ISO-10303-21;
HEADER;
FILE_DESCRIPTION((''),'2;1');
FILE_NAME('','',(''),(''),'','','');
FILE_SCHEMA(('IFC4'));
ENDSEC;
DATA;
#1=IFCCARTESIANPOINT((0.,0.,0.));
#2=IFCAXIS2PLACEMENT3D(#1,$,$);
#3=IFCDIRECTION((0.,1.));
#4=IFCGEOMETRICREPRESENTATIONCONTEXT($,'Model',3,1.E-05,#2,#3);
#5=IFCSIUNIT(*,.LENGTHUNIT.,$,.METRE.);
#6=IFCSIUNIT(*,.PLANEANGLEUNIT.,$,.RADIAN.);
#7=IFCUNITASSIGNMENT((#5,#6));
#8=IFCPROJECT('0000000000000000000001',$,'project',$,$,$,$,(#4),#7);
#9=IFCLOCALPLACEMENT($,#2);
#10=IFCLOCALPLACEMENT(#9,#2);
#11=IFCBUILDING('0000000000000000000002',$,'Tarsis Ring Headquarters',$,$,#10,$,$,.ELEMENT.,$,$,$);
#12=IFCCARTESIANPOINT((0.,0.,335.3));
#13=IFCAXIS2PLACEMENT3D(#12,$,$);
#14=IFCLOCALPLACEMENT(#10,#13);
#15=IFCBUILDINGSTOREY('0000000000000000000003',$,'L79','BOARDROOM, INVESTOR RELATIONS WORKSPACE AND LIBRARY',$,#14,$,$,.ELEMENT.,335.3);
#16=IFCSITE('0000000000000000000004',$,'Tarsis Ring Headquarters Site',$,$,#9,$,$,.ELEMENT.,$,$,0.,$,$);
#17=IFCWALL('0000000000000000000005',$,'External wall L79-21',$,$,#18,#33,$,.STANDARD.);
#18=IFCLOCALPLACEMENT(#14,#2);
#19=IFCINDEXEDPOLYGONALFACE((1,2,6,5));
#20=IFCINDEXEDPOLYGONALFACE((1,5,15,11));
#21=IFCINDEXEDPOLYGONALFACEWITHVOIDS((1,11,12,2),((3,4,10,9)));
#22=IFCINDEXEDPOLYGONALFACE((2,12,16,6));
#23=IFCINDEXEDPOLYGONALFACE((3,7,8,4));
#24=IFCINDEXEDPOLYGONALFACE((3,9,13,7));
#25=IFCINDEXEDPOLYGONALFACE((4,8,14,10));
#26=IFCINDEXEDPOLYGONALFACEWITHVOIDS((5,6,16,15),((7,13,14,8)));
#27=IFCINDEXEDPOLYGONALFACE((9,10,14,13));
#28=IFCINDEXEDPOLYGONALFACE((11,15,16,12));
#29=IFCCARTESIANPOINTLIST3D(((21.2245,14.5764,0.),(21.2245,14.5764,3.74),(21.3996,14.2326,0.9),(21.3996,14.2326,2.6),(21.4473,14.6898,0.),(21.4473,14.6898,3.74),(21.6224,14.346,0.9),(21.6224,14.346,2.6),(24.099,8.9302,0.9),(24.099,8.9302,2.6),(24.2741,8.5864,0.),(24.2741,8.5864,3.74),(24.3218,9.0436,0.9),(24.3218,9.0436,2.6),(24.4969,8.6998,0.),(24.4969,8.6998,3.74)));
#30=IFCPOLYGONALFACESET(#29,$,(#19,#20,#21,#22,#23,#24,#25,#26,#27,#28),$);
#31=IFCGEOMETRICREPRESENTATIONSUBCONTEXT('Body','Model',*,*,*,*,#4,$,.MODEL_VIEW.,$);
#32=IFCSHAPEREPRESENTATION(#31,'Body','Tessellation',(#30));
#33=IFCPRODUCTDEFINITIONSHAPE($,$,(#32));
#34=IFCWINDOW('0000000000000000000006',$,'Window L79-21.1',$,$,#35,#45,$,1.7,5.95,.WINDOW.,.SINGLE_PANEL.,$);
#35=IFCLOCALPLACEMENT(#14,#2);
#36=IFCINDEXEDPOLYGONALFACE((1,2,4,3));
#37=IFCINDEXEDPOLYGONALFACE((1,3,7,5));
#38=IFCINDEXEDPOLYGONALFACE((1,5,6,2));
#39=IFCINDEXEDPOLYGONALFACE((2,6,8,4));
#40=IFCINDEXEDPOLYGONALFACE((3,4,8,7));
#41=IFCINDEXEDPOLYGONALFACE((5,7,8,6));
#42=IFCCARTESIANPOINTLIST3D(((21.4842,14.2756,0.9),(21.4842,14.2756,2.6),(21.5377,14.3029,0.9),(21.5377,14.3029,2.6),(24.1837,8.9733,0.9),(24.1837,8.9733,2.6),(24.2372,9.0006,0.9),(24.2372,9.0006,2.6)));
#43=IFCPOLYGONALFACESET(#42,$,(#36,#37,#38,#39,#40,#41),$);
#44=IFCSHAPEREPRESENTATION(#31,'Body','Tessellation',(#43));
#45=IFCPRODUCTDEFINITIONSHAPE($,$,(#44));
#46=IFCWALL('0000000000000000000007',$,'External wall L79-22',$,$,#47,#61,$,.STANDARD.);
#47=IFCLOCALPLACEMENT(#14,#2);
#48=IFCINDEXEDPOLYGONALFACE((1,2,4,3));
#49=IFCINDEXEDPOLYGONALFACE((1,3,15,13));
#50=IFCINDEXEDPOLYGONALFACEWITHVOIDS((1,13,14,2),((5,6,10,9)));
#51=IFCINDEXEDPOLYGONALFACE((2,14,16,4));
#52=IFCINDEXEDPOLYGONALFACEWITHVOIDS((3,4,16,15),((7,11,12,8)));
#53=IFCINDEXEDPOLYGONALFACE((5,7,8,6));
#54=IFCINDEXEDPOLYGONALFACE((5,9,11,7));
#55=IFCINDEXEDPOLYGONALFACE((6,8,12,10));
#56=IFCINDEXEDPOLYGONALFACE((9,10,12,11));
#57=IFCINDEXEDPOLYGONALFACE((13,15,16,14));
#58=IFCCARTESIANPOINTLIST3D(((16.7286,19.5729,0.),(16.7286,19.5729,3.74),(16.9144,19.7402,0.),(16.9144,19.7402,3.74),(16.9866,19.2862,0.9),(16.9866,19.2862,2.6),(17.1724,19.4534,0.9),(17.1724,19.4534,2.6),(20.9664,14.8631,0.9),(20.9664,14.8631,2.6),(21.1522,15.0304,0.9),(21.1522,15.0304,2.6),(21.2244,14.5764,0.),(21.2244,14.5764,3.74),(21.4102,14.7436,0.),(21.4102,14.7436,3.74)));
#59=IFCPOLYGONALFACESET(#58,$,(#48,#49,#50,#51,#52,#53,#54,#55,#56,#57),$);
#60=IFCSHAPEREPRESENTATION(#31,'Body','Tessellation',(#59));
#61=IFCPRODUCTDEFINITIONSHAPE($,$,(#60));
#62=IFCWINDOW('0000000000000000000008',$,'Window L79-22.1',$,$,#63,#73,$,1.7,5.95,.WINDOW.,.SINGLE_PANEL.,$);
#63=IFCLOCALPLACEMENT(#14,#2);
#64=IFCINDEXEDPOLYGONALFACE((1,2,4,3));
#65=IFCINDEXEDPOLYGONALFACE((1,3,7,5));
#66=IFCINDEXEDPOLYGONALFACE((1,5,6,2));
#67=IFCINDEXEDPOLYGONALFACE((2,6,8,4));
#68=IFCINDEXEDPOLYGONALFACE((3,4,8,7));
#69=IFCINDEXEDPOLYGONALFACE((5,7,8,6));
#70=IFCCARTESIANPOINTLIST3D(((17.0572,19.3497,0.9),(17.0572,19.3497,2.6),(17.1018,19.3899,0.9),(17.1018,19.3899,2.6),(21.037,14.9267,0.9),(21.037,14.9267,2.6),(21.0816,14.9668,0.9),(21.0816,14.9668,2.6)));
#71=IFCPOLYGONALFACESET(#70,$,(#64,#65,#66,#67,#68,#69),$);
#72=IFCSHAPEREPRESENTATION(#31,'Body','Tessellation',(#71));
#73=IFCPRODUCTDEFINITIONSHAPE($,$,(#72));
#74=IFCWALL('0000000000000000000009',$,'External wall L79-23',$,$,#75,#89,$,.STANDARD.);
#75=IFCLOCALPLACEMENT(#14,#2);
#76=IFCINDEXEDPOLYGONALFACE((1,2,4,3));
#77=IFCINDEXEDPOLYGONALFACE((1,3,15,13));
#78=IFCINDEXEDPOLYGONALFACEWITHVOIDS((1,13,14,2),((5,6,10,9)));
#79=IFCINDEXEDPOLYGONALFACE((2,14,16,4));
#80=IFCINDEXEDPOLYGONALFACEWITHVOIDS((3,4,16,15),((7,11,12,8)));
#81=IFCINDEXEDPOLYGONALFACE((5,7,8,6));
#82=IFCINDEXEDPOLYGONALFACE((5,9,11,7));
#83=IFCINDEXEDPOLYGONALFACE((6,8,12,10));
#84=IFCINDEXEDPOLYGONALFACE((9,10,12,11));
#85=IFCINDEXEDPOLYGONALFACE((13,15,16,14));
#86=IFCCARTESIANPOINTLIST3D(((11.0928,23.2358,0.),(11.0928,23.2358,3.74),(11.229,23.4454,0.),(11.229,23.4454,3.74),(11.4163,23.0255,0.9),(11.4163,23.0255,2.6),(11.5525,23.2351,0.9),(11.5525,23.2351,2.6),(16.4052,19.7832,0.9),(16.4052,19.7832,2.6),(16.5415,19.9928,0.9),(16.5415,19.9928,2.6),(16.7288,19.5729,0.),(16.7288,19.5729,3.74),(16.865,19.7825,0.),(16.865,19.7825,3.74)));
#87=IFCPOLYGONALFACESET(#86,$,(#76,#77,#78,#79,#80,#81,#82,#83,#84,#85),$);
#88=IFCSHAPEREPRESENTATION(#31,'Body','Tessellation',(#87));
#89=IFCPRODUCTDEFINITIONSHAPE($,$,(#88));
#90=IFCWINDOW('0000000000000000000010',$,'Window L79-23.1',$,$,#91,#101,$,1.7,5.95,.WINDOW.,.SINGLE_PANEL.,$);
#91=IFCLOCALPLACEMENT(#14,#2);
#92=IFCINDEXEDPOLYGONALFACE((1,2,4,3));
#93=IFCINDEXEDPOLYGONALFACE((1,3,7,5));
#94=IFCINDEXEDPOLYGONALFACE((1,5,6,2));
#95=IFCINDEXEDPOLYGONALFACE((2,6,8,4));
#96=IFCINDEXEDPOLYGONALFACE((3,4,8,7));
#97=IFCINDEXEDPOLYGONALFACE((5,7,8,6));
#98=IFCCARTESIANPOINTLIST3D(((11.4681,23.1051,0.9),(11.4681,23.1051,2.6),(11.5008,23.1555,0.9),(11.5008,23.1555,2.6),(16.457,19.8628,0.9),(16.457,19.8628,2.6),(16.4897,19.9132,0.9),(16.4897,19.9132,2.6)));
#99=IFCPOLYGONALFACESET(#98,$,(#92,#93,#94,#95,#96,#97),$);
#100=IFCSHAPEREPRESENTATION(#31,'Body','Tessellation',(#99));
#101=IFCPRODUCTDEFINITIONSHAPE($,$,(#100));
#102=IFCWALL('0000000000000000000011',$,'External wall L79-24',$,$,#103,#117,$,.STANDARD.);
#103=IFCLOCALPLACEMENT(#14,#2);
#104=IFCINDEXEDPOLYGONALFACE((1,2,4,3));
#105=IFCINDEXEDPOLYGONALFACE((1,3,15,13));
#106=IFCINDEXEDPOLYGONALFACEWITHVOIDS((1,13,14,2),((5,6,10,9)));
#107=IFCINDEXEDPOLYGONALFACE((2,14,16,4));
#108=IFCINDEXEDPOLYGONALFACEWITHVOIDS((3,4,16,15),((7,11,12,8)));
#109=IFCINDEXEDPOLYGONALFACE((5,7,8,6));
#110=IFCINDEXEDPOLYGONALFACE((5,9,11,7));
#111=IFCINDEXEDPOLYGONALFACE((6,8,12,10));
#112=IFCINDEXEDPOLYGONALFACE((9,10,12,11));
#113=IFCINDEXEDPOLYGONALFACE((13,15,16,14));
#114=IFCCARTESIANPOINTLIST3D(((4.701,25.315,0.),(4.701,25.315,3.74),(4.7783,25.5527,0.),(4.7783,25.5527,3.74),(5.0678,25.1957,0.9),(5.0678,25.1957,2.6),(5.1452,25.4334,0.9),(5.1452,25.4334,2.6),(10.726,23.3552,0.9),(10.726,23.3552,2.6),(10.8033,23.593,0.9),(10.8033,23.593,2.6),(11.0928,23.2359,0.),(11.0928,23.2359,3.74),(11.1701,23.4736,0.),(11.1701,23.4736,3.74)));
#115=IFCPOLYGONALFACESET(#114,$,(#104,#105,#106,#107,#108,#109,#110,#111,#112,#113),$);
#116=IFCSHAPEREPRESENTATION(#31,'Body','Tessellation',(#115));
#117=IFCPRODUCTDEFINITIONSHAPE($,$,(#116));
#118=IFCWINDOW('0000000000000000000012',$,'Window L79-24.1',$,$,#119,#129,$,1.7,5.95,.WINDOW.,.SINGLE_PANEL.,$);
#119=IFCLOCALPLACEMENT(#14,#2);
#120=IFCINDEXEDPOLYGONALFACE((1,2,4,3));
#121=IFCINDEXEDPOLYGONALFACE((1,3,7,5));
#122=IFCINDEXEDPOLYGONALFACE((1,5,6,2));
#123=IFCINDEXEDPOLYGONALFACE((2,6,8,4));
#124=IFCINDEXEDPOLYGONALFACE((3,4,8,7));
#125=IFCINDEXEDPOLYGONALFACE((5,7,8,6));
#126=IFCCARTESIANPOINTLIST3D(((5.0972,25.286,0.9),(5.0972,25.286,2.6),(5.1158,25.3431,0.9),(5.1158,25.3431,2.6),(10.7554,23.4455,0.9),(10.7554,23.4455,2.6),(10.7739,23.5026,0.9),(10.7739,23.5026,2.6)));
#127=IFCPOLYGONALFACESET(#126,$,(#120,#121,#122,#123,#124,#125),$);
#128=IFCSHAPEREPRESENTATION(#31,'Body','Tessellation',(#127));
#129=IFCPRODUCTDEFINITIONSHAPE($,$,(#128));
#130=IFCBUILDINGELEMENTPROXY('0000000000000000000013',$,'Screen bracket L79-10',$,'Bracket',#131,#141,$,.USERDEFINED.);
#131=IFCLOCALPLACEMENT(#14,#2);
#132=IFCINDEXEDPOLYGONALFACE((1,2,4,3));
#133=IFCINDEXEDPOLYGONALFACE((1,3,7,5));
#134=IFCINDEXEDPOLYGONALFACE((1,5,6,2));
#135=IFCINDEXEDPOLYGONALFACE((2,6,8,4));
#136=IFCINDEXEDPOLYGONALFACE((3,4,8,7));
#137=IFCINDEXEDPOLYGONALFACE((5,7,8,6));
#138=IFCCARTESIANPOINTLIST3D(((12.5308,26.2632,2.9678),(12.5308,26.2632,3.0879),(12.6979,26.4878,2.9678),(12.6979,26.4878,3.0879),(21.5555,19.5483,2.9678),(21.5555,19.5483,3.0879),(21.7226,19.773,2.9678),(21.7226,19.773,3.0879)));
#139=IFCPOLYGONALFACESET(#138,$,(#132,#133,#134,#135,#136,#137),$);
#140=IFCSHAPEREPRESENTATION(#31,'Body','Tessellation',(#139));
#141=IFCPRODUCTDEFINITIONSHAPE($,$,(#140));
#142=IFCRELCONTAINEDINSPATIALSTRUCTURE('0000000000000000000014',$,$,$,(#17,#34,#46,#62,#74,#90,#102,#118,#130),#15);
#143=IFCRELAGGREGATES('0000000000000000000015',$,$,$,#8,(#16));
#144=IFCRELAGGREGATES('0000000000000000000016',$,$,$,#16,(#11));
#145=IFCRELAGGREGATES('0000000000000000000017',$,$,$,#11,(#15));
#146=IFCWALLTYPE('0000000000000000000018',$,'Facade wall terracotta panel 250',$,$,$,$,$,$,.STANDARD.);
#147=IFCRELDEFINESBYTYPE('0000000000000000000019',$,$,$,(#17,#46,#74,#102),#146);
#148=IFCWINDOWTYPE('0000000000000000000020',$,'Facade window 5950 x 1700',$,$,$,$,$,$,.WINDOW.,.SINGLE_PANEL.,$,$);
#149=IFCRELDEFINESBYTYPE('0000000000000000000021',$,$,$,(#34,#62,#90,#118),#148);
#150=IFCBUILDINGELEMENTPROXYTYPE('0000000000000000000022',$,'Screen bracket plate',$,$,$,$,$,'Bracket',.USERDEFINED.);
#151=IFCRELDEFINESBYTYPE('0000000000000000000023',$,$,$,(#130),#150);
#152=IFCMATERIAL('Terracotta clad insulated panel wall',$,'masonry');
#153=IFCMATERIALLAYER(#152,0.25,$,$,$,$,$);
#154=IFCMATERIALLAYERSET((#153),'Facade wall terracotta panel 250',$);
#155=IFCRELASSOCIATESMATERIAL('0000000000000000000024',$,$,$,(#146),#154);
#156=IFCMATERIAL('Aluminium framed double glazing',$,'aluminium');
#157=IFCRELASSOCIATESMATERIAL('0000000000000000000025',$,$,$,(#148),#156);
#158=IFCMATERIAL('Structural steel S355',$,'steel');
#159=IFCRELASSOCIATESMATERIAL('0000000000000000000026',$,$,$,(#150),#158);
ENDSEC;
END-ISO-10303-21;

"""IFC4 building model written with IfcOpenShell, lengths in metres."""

from ifc_helpers import new_model, si_unit, direction, frame, frame_2d, origin, origin_2d, place, context, subcontext, project, spatial, rectangle, extrude, material, layer, layer_set, type_object, element, fill, save


model = new_model("IFC4")

# Units and contexts
model_context = context("Model", 3, precision=1e-05, world=origin(), true_north=direction((0.0, 1.0)))
body_context = subcontext(model_context, "Body", "Model", "MODEL_VIEW")
ifc_project = project(units=[si_unit("LENGTHUNIT", "METRE"), si_unit("PLANEANGLEUNIT", "RADIAN")], contexts=[model_context])

# Site, building, storey
site_placement = place(None, origin())
site = spatial("IfcSite", under=ifc_project, at=site_placement, Name="Tarsis Ring Headquarters Site", CompositionType="ELEMENT", RefElevation=0.0)
building_placement = place(site_placement, origin())
building = spatial("IfcBuilding", under=site, at=building_placement, Name="Tarsis Ring Headquarters", CompositionType="ELEMENT")
storey_placement = place(building_placement, frame((0.0, 0.0, 335.3)))
storey = spatial("IfcBuildingStorey", under=building, at=storey_placement, Name="L79", Description="BOARDROOM, INVESTOR RELATIONS WORKSPACE AND LIBRARY", CompositionType="ELEMENT", Elevation=335.3)

# Shared definitions
ifc_material_1 = material(Name="Structural steel S355", Category="steel")

# Walls, openings, windows
ifc_material_2 = material(Name="Terracotta clad insulated panel wall", Category="masonry")
ifc_layer_1 = layer(ifc_material_2, 0.25)
ifc_layer_set_1 = layer_set([ifc_layer_1], Name="Facade wall terracotta panel 250")
wall_type_1 = type_object("IfcWallType", Name="Facade wall terracotta panel 250", PredefinedType="STANDARD", material=ifc_layer_set_1)
wall_1_placement = place(storey_placement, frame((24.3855, 8.6431, 0.0), z_axis=(0.0, 0.0, 1.0), x_axis=(-0.453696, 0.891156, 0.0)))
wall_1 = element("IfcWall", 1, at=wall_1_placement, inside=storey, type_object=wall_type_1, Name="External wall L79-21", PredefinedType="STANDARD", context=body_context, shape_type="SweptSolid", body=[
    extrude(rectangle(XDim=6.7217, YDim=0.25, at=frame_2d((3.3608, 0.0))), origin(), (0.0, 0.0, 1.0), 3.74),
])
opening_1_placement = place(wall_1_placement, frame((0.3857, 0.0, 0.8999)))
opening_1 = element("IfcOpeningElement", 2, at=opening_1_placement, cuts=wall_1, PredefinedType="OPENING", context=body_context, shape_type="SweptSolid", body=[
    extrude(rectangle(XDim=5.95, YDim=1.7, at=frame_2d((2.9751, 0.8501))), frame((0.0, 0.135, 0.0), z_axis=(0.0, -1.0, 0.0), x_axis=(1.0, 0.0, 0.0)), (0.0, 0.0, 1.0), 0.27),
])
ifc_material_3 = material(Name="Aluminium framed double glazing", Category="aluminium")
window_type = type_object("IfcWindowType", Name="Facade window 5950 x 1700", PartitioningType="SINGLE_PANEL", PredefinedType="WINDOW", material=ifc_material_3)
window_1_placement = place(opening_1_placement, origin())
window_1 = element("IfcWindow", 3, at=window_1_placement, inside=storey, type_object=window_type, Name="Window L79-21.1", OverallHeight=1.7, OverallWidth=5.95, PartitioningType="SINGLE_PANEL", PredefinedType="WINDOW", context=body_context, shape_type="SweptSolid", body=[
    extrude(rectangle(XDim=5.95, YDim=1.7, at=frame_2d((2.9751, 0.8501))), frame((0.0, 0.03, 0.0), z_axis=(0.0, -1.0, 0.0), x_axis=(1.0, 0.0, 0.0)), (0.0, 0.0, 1.0), 0.0601),
])
fill(opening_1, window_1)
wall_2_placement = place(storey_placement, frame((21.3174, 14.6599, 0.0), z_axis=(0.0, 0.0, 1.0), x_axis=(-0.668876, 0.743374, 0.0)))
wall_2 = element("IfcWall", 4, at=wall_2_placement, inside=storey, type_object=wall_type_1, Name="External wall L79-22", PredefinedType="STANDARD", context=body_context, shape_type="SweptSolid", body=[
    extrude(rectangle(XDim=6.7214, YDim=0.25, at=frame_2d((3.3608, 0.0))), origin(), (0.0, 0.0, 1.0), 3.74),
])
opening_2_placement = place(wall_2_placement, frame((0.3857, 0.0, 0.8999)))
opening_2 = element("IfcOpeningElement", 5, at=opening_2_placement, cuts=wall_2, PredefinedType="OPENING", context=body_context, shape_type="SweptSolid", body=[
    extrude(rectangle(XDim=5.95, YDim=1.7, at=frame_2d((2.9751, 0.8501))), frame((0.0, 0.135, 0.0), z_axis=(0.0, -1.0, 0.0), x_axis=(1.0, 0.0, 0.0)), (0.0, 0.0, 1.0), 0.27),
])
window_2_placement = place(opening_2_placement, origin())
window_2 = element("IfcWindow", 6, at=window_2_placement, inside=storey, type_object=window_type, Name="Window L79-22.1", OverallHeight=1.7, OverallWidth=5.95, PartitioningType="SINGLE_PANEL", PredefinedType="WINDOW", context=body_context, shape_type="SweptSolid", body=[
    extrude(rectangle(XDim=5.95, YDim=1.7, at=frame_2d((2.9751, 0.8501))), frame((0.0, 0.03, 0.0), z_axis=(0.0, -1.0, 0.0), x_axis=(1.0, 0.0, 0.0)), (0.0, 0.0, 1.0), 0.0601),
])
fill(opening_2, window_2)
wall_3_placement = place(storey_placement, frame((16.7969, 19.6777, 0.0), z_axis=(0.0, 0.0, 1.0), x_axis=(-0.838481, 0.544931, 0.0)))
wall_3 = element("IfcWall", 7, at=wall_3_placement, inside=storey, type_object=wall_type_1, Name="External wall L79-23", PredefinedType="STANDARD", context=body_context, shape_type="SweptSolid", body=[
    extrude(rectangle(XDim=6.7217, YDim=0.25, at=frame_2d((3.3608, 0.0))), origin(), (0.0, 0.0, 1.0), 3.74),
])
opening_3_placement = place(wall_3_placement, frame((0.3857, 0.0, 0.8999)))
opening_3 = element("IfcOpeningElement", 8, at=opening_3_placement, cuts=wall_3, PredefinedType="OPENING", context=body_context, shape_type="SweptSolid", body=[
    extrude(rectangle(XDim=5.95, YDim=1.7, at=frame_2d((2.9751, 0.8501))), frame((0.0, 0.135, 0.0), z_axis=(0.0, -1.0, 0.0), x_axis=(1.0, 0.0, 0.0)), (0.0, 0.0, 1.0), 0.27),
])
window_3_placement = place(opening_3_placement, origin())
window_3 = element("IfcWindow", 9, at=window_3_placement, inside=storey, type_object=window_type, Name="Window L79-23.1", OverallHeight=1.7, OverallWidth=5.95, PartitioningType="SINGLE_PANEL", PredefinedType="WINDOW", context=body_context, shape_type="SweptSolid", body=[
    extrude(rectangle(XDim=5.95, YDim=1.7, at=frame_2d((2.9751, 0.8501))), frame((0.0, 0.03, 0.0), z_axis=(0.0, -1.0, 0.0), x_axis=(1.0, 0.0, 0.0)), (0.0, 0.0, 1.0), 0.0601),
])
fill(opening_3, window_3)
wall_4_placement = place(storey_placement, frame((11.1316, 23.3547, 0.0), z_axis=(0.0, 0.0, 1.0), x_axis=(-0.950957, 0.309322, 0.0)))
wall_4 = element("IfcWall", 10, at=wall_4_placement, inside=storey, type_object=wall_type_1, Name="External wall L79-24", PredefinedType="STANDARD", context=body_context, shape_type="SweptSolid", body=[
    extrude(rectangle(XDim=6.7214, YDim=0.25, at=frame_2d((3.3608, 0.0))), origin(), (0.0, 0.0, 1.0), 3.74),
])
opening_4_placement = place(wall_4_placement, frame((0.3857, 0.0, 0.8999)))
opening_4 = element("IfcOpeningElement", 11, at=opening_4_placement, cuts=wall_4, PredefinedType="OPENING", context=body_context, shape_type="SweptSolid", body=[
    extrude(rectangle(XDim=5.95, YDim=1.7, at=frame_2d((2.9751, 0.8501))), frame((0.0, 0.135, 0.0), z_axis=(0.0, -1.0, 0.0), x_axis=(1.0, 0.0, 0.0)), (0.0, 0.0, 1.0), 0.27),
])
window_4_placement = place(opening_4_placement, origin())
window_4 = element("IfcWindow", 12, at=window_4_placement, inside=storey, type_object=window_type, Name="Window L79-24.1", OverallHeight=1.7, OverallWidth=5.95, PartitioningType="SINGLE_PANEL", PredefinedType="WINDOW", context=body_context, shape_type="SweptSolid", body=[
    extrude(rectangle(XDim=5.95, YDim=1.7, at=frame_2d((2.9751, 0.8501))), frame((0.0, 0.03, 0.0), z_axis=(0.0, -1.0, 0.0), x_axis=(1.0, 0.0, 0.0)), (0.0, 0.0, 1.0), 0.0601),
])
fill(opening_4, window_4)

# Building element proxy
building_element_proxy_type = type_object("IfcBuildingElementProxyType", Name="Screen bracket plate", ElementType="Bracket", PredefinedType="USERDEFINED", material=ifc_material_1)
proxy_placement = place(storey_placement, frame((17.1267, 23.0181, 2.9678), z_axis=(0.0, 0.0, 1.0), x_axis=(-0.802284, 0.596943, 0.0)))
element("IfcBuildingElementProxy", 13, at=proxy_placement, inside=storey, type_object=building_element_proxy_type, Name="Screen bracket L79-10", ObjectType="Bracket", PredefinedType="USERDEFINED", context=body_context, shape_type="SweptSolid", body=[
    extrude(rectangle(XDim=11.2488, YDim=0.28, at=origin_2d()), origin(), (0.0, 0.0, 1.0), 0.1201),
])

save(model, "model.ifc")
